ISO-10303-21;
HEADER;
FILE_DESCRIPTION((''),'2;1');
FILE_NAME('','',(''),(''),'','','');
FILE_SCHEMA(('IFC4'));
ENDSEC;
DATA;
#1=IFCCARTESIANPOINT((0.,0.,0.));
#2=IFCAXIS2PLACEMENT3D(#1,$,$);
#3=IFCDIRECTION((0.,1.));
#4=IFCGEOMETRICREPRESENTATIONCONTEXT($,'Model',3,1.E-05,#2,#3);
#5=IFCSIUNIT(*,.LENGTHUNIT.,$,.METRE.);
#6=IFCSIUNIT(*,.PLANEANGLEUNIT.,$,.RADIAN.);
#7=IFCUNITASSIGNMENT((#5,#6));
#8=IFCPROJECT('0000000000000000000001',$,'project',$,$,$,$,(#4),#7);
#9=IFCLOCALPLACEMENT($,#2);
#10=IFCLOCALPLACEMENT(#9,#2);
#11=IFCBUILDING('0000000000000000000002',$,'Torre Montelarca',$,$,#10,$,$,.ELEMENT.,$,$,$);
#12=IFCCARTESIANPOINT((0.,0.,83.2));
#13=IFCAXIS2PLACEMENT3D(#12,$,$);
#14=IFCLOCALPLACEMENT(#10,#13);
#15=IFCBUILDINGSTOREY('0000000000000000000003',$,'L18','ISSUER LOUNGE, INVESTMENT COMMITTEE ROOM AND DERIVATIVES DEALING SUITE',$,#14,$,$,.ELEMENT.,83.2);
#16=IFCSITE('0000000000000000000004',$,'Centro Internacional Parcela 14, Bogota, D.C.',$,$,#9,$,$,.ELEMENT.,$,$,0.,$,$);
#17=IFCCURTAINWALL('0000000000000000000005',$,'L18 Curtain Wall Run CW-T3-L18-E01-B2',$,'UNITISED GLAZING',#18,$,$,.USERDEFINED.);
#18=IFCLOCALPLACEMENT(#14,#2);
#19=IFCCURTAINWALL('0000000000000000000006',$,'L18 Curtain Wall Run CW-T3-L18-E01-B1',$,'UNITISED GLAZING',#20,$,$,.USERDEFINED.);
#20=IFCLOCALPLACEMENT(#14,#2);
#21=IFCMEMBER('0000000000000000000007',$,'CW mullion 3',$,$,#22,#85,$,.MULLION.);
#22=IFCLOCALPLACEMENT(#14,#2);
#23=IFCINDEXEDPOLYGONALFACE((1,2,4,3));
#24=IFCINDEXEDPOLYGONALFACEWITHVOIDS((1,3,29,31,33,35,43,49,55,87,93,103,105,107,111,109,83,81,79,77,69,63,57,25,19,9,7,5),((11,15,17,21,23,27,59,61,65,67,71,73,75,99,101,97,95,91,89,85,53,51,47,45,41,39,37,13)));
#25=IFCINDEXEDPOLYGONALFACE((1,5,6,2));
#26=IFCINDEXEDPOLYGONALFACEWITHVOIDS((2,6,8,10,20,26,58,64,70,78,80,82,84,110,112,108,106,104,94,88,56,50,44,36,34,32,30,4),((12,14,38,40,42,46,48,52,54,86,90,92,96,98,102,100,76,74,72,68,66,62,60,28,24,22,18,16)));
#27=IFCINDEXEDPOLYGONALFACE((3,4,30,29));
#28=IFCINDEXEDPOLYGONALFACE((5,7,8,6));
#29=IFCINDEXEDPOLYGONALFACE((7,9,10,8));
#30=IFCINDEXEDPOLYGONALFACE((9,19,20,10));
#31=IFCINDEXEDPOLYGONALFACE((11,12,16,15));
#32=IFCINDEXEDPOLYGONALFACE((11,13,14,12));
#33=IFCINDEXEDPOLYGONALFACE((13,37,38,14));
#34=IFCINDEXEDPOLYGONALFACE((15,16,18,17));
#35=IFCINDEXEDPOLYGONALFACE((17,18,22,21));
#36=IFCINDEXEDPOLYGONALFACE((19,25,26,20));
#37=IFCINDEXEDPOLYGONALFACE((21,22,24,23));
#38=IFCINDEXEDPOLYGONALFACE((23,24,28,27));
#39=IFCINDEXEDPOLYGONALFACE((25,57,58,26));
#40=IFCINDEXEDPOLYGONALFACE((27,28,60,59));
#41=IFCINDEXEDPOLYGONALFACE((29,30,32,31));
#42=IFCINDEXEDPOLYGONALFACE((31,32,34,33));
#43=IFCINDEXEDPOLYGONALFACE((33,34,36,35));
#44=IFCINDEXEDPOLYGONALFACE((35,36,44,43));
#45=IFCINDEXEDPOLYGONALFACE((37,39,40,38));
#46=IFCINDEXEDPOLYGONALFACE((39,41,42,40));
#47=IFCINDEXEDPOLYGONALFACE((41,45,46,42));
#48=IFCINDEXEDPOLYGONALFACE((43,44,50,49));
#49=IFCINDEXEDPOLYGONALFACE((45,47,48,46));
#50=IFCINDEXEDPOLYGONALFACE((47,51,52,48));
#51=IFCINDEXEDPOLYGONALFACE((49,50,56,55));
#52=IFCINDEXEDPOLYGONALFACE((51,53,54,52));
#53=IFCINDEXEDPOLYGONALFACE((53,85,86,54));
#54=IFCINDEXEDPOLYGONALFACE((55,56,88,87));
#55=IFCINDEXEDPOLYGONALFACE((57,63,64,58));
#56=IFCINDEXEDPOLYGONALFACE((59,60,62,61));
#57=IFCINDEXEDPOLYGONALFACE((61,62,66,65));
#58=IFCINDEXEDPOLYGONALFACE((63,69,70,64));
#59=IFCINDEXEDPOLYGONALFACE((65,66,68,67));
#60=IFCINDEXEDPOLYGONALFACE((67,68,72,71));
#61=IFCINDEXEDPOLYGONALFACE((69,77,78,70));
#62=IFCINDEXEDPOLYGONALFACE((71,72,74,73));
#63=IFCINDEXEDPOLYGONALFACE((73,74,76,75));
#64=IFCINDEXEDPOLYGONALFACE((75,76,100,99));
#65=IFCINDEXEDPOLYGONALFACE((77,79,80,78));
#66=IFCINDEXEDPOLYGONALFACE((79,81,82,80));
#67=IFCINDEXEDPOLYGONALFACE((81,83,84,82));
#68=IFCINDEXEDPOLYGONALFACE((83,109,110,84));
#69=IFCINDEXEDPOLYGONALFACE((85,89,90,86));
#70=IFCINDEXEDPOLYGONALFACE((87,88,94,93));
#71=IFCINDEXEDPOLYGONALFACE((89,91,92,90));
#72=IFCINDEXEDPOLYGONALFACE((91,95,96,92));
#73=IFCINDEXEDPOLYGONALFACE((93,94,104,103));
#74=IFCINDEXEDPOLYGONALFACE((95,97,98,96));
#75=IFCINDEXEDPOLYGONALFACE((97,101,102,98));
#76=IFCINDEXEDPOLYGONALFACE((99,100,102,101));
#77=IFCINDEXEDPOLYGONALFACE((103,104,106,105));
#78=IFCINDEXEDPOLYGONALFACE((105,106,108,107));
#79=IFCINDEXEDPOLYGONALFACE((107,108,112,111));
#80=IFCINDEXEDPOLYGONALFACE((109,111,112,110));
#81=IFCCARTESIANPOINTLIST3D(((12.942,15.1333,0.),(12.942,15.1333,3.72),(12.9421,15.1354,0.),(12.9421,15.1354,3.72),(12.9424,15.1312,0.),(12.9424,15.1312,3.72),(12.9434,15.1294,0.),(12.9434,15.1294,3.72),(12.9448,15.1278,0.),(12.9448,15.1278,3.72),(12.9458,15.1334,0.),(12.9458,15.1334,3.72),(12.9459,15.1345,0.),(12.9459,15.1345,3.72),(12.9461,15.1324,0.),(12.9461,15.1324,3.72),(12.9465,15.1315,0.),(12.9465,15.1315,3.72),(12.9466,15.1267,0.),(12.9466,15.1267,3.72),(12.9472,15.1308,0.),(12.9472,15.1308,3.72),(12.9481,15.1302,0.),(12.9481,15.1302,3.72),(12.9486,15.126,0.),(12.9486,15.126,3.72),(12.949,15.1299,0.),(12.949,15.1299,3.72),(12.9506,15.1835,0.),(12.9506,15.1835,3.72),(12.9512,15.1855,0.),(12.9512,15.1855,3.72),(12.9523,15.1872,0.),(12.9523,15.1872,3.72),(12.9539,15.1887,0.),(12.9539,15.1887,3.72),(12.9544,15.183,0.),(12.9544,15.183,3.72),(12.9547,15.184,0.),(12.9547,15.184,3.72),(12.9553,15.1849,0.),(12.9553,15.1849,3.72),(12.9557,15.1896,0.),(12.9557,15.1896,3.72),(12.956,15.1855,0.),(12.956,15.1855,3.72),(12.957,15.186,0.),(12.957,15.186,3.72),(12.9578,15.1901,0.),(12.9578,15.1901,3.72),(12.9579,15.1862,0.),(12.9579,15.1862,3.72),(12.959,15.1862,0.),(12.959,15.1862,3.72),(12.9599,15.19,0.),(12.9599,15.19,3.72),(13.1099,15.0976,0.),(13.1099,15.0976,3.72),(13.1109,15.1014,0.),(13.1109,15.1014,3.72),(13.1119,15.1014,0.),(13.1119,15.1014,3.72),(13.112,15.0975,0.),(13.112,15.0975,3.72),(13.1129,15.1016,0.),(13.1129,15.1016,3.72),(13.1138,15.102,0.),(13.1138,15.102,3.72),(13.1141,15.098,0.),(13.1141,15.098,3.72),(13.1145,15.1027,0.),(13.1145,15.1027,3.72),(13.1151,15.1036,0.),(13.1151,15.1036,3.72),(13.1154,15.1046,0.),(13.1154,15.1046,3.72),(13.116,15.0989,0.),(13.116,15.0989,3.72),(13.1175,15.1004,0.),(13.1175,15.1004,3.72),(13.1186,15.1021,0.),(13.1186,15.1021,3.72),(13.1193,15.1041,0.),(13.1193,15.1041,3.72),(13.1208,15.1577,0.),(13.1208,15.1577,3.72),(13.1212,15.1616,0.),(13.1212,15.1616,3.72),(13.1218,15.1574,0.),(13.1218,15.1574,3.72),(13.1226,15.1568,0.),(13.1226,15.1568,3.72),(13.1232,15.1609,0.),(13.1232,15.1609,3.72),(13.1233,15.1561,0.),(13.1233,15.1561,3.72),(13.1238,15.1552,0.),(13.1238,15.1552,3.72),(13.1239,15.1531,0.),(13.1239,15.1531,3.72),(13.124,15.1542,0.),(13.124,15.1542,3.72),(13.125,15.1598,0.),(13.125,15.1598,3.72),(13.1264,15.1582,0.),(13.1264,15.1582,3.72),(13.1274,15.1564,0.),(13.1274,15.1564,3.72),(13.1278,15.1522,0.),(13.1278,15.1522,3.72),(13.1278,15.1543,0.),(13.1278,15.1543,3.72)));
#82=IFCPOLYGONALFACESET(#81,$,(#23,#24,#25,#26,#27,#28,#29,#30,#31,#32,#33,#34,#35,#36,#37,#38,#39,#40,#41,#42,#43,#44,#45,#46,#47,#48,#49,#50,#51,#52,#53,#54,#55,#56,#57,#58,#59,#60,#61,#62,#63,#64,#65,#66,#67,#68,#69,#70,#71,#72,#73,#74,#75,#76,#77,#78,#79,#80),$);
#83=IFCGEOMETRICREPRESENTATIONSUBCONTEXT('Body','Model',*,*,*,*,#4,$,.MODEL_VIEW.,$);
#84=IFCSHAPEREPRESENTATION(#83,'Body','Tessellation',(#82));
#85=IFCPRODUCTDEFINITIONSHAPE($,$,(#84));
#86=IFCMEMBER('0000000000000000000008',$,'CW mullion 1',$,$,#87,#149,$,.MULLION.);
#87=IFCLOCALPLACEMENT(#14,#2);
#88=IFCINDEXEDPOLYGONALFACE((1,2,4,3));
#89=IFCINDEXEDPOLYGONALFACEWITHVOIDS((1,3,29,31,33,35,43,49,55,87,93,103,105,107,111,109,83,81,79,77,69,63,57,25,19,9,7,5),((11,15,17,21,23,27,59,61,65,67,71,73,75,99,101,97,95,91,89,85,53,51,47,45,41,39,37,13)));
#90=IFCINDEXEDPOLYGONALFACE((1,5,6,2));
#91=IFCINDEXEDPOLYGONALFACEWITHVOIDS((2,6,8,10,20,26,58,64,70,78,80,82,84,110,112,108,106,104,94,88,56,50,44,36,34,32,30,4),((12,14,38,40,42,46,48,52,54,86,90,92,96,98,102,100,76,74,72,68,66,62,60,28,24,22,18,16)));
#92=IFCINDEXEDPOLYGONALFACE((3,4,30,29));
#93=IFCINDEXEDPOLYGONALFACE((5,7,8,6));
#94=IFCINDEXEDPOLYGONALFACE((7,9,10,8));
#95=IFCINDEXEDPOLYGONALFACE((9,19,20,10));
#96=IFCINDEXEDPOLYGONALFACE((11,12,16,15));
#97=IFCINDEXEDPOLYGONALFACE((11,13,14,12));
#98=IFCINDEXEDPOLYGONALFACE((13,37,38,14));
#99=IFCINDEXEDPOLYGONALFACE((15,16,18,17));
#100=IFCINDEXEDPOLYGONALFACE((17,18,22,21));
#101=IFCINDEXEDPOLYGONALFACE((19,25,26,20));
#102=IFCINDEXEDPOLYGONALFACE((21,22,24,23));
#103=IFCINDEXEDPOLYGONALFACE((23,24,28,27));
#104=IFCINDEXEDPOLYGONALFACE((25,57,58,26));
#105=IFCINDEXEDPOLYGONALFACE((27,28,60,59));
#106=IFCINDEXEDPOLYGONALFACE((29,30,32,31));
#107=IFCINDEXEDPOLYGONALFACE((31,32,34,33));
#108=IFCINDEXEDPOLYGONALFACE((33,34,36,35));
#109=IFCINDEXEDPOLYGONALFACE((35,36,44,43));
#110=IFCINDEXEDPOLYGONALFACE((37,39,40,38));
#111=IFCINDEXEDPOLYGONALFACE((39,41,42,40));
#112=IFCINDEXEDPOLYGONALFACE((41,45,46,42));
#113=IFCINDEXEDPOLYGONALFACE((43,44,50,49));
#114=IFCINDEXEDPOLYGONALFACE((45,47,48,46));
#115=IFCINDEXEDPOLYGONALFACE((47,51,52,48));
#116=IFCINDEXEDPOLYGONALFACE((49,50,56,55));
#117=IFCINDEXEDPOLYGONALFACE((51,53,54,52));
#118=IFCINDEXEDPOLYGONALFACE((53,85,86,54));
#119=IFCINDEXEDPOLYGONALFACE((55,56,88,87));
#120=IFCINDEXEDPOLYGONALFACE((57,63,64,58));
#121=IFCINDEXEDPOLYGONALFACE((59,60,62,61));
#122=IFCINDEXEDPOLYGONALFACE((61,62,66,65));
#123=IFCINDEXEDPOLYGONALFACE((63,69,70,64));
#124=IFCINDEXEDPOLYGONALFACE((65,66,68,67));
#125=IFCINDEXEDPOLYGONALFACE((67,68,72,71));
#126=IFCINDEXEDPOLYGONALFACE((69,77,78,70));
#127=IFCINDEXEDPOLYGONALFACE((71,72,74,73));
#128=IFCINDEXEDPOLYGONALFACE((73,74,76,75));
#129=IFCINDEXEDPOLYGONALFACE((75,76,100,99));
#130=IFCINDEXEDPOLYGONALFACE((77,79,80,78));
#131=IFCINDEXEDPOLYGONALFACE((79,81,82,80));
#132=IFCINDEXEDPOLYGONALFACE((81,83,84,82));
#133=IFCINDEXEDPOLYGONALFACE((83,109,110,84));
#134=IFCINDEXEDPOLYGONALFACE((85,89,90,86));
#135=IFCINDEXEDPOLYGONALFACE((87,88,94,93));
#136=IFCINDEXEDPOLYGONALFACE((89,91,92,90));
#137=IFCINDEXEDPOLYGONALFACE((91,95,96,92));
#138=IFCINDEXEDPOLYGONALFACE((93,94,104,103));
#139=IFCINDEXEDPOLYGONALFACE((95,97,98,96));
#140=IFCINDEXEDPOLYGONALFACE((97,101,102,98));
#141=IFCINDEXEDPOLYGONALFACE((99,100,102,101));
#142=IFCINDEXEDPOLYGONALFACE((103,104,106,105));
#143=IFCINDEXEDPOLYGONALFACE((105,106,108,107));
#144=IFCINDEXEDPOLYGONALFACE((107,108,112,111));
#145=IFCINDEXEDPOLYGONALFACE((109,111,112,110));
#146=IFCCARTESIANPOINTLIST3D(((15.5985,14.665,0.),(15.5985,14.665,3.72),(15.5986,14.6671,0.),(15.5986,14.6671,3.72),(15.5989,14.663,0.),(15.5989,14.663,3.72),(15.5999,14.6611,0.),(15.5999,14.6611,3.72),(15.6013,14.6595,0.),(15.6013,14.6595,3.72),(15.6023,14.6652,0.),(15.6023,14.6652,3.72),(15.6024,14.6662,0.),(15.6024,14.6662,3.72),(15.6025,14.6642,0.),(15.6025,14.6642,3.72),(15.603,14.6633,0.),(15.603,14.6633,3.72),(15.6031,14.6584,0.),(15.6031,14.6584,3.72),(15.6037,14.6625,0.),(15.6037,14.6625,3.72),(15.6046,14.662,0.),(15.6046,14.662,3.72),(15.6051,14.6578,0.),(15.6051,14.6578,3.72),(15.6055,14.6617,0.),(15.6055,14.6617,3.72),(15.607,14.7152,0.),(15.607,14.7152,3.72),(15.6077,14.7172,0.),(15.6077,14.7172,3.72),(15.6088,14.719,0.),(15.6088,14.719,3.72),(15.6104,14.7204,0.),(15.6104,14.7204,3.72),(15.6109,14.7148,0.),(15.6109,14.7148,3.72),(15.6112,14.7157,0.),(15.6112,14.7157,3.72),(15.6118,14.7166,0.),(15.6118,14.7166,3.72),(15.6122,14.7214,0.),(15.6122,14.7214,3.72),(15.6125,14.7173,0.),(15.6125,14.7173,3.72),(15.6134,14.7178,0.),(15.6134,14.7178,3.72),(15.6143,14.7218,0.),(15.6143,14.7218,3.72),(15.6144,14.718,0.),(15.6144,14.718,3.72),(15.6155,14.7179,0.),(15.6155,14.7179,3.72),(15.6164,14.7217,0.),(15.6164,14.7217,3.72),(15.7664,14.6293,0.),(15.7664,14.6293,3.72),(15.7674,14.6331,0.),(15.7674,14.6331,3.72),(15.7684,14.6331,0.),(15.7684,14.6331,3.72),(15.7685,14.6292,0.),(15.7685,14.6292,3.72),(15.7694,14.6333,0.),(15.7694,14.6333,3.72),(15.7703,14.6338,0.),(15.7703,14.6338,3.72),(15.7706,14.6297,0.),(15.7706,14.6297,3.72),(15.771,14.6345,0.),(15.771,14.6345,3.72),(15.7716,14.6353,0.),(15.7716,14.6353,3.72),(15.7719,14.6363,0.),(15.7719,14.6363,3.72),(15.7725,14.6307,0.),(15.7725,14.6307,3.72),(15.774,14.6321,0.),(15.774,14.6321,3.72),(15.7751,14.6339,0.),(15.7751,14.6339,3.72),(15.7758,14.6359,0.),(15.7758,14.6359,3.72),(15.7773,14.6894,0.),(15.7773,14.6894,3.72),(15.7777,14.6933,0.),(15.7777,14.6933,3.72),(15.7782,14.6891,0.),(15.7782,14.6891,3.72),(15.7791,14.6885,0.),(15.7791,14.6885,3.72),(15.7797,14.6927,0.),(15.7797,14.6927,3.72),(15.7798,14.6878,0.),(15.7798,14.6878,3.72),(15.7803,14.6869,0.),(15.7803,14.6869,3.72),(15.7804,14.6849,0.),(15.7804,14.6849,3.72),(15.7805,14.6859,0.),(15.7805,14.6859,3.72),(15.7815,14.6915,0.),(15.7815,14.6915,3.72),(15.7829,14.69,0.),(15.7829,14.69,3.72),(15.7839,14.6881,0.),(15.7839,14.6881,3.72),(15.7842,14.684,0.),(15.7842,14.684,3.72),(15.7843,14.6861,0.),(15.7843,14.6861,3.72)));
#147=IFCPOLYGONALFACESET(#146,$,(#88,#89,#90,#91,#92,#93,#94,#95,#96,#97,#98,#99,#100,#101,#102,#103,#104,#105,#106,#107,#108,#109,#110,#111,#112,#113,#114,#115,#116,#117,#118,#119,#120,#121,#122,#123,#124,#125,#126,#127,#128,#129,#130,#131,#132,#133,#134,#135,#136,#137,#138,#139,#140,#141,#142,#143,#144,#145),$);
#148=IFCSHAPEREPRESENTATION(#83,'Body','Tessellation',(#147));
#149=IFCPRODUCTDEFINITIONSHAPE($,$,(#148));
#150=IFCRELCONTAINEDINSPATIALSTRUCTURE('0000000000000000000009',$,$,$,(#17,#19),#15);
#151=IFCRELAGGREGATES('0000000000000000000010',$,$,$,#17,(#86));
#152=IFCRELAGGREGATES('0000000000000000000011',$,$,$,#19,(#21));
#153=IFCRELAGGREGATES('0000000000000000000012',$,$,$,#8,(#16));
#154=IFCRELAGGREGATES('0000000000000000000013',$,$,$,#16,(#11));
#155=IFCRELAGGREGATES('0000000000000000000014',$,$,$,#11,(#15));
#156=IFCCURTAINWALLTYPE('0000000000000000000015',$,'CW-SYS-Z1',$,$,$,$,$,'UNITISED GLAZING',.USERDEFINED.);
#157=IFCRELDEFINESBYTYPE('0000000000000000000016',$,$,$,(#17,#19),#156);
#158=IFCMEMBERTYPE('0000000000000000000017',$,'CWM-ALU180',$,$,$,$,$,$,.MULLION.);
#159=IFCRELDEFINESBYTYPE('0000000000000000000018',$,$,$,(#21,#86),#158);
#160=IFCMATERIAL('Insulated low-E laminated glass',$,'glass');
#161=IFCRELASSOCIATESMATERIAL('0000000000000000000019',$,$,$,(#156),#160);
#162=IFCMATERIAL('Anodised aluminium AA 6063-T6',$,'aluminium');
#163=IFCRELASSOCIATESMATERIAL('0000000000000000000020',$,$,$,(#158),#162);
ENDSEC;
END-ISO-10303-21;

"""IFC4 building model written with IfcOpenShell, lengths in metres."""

from ifc_helpers import new_model, si_unit, direction, frame, origin, origin_2d, place, context, subcontext, project, spatial, hollow_rectangle, extrude, source, transform, mapped, material, material_profile, profile_set, type_object, element, aggregate, save


model = new_model("IFC4")

# Units and contexts
model_context = context("Model", 3, precision=1e-05, world=origin(), true_north=direction((0.0, 1.0)))
body_context = subcontext(model_context, "Body", "Model", "MODEL_VIEW")
ifc_project = project(units=[si_unit("LENGTHUNIT", "METRE"), si_unit("PLANEANGLEUNIT", "RADIAN")], contexts=[model_context])

# Site, building, storey
site_placement = place(None, origin())
site = spatial("IfcSite", under=ifc_project, at=site_placement, Name="Centro Internacional Parcela 14, Bogota, D.C.", CompositionType="ELEMENT", RefElevation=0.0)
building_placement = place(site_placement, origin())
building = spatial("IfcBuilding", under=site, at=building_placement, Name="Torre Montelarca", CompositionType="ELEMENT")
storey_placement = place(building_placement, frame((0.0, 0.0, 83.2)))
storey = spatial("IfcBuildingStorey", under=building, at=storey_placement, Name="L18", Description="ISSUER LOUNGE, INVESTMENT COMMITTEE ROOM AND DERIVATIVES DEALING SUITE", CompositionType="ELEMENT", Elevation=83.2)

# Curtain walls, member
ifc_material_1 = material(Name="Insulated low-E laminated glass", Category="glass")
curtain_wall_type = type_object("IfcCurtainWallType", Name="CW-SYS-Z1", ElementType="UNITISED GLAZING", PredefinedType="USERDEFINED", material=ifc_material_1)
curtain_wall_1_placement = place(storey_placement, origin())
curtain_wall_1 = element("IfcCurtainWall", 1, at=curtain_wall_1_placement, inside=storey, type_object=curtain_wall_type, Name="L18 Curtain Wall Run CW-T3-L18-E01-B2", ObjectType="UNITISED GLAZING", PredefinedType="USERDEFINED")
ifc_material_2 = material(Name="Anodised aluminium AA 6063-T6", Category="aluminium")
curtain_wall_2_placement = place(storey_placement, origin())
curtain_wall_2 = element("IfcCurtainWall", 2, at=curtain_wall_2_placement, inside=storey, type_object=curtain_wall_type, Name="L18 Curtain Wall Run CW-T3-L18-E01-B1", ObjectType="UNITISED GLAZING", PredefinedType="USERDEFINED")
ifc_material_profile_1 = material_profile(ifc_material_2, hollow_rectangle(XDim=0.0649, YDim=0.1799, WallThickness=0.0039, InnerFilletRadius=0.0039, OuterFilletRadius=0.0081, at=origin_2d()), Name="ALU65X180X4", Category="aluminium")
ifc_profile_set_1 = profile_set([ifc_material_profile_1], Name="Anodised aluminium AA 6063-T6")
member_type_1 = type_object("IfcMemberType", Name="CWM-ALU180", PredefinedType="MULLION", material=ifc_profile_set_1)
shared_shape_1 = source(origin(), body_context, "Body", "SweptSolid", [
    extrude(hollow_rectangle(XDim=0.0649, YDim=0.1799, WallThickness=0.0039, InnerFilletRadius=0.0039, OuterFilletRadius=0.0081, at=origin_2d()), origin(), (0.0, 0.0, 1.0), 3.72),
])
member_1_placement = place(storey_placement, frame((13.0349, 15.1438, 0.0), z_axis=(0.0, 0.0, 1.0), x_axis=(0.173648, 0.984808, 0.0)))
member_1 = element("IfcMember", 3, at=member_1_placement, type_object=member_type_1, Name="CW mullion 3", PredefinedType="MULLION", context=body_context, shape_type="MappedRepresentation", body=[
    mapped(shared_shape_1, transform((0.0, 0.0, 0.0), scale=1.0)),
])

# Member
member_2_placement = place(storey_placement, frame((15.6914, 14.6755, 0.0), z_axis=(0.0, 0.0, 1.0), x_axis=(0.173651, 0.984807, 0.0)))
member_2 = element("IfcMember", 4, at=member_2_placement, type_object=member_type_1, Name="CW mullion 1", PredefinedType="MULLION", context=body_context, shape_type="MappedRepresentation", body=[
    mapped(shared_shape_1, transform((0.0, 0.0, 0.0), scale=1.0)),
])

aggregate(curtain_wall_1, [member_2])
aggregate(curtain_wall_2, [member_1])

save(model, "model.ifc")
